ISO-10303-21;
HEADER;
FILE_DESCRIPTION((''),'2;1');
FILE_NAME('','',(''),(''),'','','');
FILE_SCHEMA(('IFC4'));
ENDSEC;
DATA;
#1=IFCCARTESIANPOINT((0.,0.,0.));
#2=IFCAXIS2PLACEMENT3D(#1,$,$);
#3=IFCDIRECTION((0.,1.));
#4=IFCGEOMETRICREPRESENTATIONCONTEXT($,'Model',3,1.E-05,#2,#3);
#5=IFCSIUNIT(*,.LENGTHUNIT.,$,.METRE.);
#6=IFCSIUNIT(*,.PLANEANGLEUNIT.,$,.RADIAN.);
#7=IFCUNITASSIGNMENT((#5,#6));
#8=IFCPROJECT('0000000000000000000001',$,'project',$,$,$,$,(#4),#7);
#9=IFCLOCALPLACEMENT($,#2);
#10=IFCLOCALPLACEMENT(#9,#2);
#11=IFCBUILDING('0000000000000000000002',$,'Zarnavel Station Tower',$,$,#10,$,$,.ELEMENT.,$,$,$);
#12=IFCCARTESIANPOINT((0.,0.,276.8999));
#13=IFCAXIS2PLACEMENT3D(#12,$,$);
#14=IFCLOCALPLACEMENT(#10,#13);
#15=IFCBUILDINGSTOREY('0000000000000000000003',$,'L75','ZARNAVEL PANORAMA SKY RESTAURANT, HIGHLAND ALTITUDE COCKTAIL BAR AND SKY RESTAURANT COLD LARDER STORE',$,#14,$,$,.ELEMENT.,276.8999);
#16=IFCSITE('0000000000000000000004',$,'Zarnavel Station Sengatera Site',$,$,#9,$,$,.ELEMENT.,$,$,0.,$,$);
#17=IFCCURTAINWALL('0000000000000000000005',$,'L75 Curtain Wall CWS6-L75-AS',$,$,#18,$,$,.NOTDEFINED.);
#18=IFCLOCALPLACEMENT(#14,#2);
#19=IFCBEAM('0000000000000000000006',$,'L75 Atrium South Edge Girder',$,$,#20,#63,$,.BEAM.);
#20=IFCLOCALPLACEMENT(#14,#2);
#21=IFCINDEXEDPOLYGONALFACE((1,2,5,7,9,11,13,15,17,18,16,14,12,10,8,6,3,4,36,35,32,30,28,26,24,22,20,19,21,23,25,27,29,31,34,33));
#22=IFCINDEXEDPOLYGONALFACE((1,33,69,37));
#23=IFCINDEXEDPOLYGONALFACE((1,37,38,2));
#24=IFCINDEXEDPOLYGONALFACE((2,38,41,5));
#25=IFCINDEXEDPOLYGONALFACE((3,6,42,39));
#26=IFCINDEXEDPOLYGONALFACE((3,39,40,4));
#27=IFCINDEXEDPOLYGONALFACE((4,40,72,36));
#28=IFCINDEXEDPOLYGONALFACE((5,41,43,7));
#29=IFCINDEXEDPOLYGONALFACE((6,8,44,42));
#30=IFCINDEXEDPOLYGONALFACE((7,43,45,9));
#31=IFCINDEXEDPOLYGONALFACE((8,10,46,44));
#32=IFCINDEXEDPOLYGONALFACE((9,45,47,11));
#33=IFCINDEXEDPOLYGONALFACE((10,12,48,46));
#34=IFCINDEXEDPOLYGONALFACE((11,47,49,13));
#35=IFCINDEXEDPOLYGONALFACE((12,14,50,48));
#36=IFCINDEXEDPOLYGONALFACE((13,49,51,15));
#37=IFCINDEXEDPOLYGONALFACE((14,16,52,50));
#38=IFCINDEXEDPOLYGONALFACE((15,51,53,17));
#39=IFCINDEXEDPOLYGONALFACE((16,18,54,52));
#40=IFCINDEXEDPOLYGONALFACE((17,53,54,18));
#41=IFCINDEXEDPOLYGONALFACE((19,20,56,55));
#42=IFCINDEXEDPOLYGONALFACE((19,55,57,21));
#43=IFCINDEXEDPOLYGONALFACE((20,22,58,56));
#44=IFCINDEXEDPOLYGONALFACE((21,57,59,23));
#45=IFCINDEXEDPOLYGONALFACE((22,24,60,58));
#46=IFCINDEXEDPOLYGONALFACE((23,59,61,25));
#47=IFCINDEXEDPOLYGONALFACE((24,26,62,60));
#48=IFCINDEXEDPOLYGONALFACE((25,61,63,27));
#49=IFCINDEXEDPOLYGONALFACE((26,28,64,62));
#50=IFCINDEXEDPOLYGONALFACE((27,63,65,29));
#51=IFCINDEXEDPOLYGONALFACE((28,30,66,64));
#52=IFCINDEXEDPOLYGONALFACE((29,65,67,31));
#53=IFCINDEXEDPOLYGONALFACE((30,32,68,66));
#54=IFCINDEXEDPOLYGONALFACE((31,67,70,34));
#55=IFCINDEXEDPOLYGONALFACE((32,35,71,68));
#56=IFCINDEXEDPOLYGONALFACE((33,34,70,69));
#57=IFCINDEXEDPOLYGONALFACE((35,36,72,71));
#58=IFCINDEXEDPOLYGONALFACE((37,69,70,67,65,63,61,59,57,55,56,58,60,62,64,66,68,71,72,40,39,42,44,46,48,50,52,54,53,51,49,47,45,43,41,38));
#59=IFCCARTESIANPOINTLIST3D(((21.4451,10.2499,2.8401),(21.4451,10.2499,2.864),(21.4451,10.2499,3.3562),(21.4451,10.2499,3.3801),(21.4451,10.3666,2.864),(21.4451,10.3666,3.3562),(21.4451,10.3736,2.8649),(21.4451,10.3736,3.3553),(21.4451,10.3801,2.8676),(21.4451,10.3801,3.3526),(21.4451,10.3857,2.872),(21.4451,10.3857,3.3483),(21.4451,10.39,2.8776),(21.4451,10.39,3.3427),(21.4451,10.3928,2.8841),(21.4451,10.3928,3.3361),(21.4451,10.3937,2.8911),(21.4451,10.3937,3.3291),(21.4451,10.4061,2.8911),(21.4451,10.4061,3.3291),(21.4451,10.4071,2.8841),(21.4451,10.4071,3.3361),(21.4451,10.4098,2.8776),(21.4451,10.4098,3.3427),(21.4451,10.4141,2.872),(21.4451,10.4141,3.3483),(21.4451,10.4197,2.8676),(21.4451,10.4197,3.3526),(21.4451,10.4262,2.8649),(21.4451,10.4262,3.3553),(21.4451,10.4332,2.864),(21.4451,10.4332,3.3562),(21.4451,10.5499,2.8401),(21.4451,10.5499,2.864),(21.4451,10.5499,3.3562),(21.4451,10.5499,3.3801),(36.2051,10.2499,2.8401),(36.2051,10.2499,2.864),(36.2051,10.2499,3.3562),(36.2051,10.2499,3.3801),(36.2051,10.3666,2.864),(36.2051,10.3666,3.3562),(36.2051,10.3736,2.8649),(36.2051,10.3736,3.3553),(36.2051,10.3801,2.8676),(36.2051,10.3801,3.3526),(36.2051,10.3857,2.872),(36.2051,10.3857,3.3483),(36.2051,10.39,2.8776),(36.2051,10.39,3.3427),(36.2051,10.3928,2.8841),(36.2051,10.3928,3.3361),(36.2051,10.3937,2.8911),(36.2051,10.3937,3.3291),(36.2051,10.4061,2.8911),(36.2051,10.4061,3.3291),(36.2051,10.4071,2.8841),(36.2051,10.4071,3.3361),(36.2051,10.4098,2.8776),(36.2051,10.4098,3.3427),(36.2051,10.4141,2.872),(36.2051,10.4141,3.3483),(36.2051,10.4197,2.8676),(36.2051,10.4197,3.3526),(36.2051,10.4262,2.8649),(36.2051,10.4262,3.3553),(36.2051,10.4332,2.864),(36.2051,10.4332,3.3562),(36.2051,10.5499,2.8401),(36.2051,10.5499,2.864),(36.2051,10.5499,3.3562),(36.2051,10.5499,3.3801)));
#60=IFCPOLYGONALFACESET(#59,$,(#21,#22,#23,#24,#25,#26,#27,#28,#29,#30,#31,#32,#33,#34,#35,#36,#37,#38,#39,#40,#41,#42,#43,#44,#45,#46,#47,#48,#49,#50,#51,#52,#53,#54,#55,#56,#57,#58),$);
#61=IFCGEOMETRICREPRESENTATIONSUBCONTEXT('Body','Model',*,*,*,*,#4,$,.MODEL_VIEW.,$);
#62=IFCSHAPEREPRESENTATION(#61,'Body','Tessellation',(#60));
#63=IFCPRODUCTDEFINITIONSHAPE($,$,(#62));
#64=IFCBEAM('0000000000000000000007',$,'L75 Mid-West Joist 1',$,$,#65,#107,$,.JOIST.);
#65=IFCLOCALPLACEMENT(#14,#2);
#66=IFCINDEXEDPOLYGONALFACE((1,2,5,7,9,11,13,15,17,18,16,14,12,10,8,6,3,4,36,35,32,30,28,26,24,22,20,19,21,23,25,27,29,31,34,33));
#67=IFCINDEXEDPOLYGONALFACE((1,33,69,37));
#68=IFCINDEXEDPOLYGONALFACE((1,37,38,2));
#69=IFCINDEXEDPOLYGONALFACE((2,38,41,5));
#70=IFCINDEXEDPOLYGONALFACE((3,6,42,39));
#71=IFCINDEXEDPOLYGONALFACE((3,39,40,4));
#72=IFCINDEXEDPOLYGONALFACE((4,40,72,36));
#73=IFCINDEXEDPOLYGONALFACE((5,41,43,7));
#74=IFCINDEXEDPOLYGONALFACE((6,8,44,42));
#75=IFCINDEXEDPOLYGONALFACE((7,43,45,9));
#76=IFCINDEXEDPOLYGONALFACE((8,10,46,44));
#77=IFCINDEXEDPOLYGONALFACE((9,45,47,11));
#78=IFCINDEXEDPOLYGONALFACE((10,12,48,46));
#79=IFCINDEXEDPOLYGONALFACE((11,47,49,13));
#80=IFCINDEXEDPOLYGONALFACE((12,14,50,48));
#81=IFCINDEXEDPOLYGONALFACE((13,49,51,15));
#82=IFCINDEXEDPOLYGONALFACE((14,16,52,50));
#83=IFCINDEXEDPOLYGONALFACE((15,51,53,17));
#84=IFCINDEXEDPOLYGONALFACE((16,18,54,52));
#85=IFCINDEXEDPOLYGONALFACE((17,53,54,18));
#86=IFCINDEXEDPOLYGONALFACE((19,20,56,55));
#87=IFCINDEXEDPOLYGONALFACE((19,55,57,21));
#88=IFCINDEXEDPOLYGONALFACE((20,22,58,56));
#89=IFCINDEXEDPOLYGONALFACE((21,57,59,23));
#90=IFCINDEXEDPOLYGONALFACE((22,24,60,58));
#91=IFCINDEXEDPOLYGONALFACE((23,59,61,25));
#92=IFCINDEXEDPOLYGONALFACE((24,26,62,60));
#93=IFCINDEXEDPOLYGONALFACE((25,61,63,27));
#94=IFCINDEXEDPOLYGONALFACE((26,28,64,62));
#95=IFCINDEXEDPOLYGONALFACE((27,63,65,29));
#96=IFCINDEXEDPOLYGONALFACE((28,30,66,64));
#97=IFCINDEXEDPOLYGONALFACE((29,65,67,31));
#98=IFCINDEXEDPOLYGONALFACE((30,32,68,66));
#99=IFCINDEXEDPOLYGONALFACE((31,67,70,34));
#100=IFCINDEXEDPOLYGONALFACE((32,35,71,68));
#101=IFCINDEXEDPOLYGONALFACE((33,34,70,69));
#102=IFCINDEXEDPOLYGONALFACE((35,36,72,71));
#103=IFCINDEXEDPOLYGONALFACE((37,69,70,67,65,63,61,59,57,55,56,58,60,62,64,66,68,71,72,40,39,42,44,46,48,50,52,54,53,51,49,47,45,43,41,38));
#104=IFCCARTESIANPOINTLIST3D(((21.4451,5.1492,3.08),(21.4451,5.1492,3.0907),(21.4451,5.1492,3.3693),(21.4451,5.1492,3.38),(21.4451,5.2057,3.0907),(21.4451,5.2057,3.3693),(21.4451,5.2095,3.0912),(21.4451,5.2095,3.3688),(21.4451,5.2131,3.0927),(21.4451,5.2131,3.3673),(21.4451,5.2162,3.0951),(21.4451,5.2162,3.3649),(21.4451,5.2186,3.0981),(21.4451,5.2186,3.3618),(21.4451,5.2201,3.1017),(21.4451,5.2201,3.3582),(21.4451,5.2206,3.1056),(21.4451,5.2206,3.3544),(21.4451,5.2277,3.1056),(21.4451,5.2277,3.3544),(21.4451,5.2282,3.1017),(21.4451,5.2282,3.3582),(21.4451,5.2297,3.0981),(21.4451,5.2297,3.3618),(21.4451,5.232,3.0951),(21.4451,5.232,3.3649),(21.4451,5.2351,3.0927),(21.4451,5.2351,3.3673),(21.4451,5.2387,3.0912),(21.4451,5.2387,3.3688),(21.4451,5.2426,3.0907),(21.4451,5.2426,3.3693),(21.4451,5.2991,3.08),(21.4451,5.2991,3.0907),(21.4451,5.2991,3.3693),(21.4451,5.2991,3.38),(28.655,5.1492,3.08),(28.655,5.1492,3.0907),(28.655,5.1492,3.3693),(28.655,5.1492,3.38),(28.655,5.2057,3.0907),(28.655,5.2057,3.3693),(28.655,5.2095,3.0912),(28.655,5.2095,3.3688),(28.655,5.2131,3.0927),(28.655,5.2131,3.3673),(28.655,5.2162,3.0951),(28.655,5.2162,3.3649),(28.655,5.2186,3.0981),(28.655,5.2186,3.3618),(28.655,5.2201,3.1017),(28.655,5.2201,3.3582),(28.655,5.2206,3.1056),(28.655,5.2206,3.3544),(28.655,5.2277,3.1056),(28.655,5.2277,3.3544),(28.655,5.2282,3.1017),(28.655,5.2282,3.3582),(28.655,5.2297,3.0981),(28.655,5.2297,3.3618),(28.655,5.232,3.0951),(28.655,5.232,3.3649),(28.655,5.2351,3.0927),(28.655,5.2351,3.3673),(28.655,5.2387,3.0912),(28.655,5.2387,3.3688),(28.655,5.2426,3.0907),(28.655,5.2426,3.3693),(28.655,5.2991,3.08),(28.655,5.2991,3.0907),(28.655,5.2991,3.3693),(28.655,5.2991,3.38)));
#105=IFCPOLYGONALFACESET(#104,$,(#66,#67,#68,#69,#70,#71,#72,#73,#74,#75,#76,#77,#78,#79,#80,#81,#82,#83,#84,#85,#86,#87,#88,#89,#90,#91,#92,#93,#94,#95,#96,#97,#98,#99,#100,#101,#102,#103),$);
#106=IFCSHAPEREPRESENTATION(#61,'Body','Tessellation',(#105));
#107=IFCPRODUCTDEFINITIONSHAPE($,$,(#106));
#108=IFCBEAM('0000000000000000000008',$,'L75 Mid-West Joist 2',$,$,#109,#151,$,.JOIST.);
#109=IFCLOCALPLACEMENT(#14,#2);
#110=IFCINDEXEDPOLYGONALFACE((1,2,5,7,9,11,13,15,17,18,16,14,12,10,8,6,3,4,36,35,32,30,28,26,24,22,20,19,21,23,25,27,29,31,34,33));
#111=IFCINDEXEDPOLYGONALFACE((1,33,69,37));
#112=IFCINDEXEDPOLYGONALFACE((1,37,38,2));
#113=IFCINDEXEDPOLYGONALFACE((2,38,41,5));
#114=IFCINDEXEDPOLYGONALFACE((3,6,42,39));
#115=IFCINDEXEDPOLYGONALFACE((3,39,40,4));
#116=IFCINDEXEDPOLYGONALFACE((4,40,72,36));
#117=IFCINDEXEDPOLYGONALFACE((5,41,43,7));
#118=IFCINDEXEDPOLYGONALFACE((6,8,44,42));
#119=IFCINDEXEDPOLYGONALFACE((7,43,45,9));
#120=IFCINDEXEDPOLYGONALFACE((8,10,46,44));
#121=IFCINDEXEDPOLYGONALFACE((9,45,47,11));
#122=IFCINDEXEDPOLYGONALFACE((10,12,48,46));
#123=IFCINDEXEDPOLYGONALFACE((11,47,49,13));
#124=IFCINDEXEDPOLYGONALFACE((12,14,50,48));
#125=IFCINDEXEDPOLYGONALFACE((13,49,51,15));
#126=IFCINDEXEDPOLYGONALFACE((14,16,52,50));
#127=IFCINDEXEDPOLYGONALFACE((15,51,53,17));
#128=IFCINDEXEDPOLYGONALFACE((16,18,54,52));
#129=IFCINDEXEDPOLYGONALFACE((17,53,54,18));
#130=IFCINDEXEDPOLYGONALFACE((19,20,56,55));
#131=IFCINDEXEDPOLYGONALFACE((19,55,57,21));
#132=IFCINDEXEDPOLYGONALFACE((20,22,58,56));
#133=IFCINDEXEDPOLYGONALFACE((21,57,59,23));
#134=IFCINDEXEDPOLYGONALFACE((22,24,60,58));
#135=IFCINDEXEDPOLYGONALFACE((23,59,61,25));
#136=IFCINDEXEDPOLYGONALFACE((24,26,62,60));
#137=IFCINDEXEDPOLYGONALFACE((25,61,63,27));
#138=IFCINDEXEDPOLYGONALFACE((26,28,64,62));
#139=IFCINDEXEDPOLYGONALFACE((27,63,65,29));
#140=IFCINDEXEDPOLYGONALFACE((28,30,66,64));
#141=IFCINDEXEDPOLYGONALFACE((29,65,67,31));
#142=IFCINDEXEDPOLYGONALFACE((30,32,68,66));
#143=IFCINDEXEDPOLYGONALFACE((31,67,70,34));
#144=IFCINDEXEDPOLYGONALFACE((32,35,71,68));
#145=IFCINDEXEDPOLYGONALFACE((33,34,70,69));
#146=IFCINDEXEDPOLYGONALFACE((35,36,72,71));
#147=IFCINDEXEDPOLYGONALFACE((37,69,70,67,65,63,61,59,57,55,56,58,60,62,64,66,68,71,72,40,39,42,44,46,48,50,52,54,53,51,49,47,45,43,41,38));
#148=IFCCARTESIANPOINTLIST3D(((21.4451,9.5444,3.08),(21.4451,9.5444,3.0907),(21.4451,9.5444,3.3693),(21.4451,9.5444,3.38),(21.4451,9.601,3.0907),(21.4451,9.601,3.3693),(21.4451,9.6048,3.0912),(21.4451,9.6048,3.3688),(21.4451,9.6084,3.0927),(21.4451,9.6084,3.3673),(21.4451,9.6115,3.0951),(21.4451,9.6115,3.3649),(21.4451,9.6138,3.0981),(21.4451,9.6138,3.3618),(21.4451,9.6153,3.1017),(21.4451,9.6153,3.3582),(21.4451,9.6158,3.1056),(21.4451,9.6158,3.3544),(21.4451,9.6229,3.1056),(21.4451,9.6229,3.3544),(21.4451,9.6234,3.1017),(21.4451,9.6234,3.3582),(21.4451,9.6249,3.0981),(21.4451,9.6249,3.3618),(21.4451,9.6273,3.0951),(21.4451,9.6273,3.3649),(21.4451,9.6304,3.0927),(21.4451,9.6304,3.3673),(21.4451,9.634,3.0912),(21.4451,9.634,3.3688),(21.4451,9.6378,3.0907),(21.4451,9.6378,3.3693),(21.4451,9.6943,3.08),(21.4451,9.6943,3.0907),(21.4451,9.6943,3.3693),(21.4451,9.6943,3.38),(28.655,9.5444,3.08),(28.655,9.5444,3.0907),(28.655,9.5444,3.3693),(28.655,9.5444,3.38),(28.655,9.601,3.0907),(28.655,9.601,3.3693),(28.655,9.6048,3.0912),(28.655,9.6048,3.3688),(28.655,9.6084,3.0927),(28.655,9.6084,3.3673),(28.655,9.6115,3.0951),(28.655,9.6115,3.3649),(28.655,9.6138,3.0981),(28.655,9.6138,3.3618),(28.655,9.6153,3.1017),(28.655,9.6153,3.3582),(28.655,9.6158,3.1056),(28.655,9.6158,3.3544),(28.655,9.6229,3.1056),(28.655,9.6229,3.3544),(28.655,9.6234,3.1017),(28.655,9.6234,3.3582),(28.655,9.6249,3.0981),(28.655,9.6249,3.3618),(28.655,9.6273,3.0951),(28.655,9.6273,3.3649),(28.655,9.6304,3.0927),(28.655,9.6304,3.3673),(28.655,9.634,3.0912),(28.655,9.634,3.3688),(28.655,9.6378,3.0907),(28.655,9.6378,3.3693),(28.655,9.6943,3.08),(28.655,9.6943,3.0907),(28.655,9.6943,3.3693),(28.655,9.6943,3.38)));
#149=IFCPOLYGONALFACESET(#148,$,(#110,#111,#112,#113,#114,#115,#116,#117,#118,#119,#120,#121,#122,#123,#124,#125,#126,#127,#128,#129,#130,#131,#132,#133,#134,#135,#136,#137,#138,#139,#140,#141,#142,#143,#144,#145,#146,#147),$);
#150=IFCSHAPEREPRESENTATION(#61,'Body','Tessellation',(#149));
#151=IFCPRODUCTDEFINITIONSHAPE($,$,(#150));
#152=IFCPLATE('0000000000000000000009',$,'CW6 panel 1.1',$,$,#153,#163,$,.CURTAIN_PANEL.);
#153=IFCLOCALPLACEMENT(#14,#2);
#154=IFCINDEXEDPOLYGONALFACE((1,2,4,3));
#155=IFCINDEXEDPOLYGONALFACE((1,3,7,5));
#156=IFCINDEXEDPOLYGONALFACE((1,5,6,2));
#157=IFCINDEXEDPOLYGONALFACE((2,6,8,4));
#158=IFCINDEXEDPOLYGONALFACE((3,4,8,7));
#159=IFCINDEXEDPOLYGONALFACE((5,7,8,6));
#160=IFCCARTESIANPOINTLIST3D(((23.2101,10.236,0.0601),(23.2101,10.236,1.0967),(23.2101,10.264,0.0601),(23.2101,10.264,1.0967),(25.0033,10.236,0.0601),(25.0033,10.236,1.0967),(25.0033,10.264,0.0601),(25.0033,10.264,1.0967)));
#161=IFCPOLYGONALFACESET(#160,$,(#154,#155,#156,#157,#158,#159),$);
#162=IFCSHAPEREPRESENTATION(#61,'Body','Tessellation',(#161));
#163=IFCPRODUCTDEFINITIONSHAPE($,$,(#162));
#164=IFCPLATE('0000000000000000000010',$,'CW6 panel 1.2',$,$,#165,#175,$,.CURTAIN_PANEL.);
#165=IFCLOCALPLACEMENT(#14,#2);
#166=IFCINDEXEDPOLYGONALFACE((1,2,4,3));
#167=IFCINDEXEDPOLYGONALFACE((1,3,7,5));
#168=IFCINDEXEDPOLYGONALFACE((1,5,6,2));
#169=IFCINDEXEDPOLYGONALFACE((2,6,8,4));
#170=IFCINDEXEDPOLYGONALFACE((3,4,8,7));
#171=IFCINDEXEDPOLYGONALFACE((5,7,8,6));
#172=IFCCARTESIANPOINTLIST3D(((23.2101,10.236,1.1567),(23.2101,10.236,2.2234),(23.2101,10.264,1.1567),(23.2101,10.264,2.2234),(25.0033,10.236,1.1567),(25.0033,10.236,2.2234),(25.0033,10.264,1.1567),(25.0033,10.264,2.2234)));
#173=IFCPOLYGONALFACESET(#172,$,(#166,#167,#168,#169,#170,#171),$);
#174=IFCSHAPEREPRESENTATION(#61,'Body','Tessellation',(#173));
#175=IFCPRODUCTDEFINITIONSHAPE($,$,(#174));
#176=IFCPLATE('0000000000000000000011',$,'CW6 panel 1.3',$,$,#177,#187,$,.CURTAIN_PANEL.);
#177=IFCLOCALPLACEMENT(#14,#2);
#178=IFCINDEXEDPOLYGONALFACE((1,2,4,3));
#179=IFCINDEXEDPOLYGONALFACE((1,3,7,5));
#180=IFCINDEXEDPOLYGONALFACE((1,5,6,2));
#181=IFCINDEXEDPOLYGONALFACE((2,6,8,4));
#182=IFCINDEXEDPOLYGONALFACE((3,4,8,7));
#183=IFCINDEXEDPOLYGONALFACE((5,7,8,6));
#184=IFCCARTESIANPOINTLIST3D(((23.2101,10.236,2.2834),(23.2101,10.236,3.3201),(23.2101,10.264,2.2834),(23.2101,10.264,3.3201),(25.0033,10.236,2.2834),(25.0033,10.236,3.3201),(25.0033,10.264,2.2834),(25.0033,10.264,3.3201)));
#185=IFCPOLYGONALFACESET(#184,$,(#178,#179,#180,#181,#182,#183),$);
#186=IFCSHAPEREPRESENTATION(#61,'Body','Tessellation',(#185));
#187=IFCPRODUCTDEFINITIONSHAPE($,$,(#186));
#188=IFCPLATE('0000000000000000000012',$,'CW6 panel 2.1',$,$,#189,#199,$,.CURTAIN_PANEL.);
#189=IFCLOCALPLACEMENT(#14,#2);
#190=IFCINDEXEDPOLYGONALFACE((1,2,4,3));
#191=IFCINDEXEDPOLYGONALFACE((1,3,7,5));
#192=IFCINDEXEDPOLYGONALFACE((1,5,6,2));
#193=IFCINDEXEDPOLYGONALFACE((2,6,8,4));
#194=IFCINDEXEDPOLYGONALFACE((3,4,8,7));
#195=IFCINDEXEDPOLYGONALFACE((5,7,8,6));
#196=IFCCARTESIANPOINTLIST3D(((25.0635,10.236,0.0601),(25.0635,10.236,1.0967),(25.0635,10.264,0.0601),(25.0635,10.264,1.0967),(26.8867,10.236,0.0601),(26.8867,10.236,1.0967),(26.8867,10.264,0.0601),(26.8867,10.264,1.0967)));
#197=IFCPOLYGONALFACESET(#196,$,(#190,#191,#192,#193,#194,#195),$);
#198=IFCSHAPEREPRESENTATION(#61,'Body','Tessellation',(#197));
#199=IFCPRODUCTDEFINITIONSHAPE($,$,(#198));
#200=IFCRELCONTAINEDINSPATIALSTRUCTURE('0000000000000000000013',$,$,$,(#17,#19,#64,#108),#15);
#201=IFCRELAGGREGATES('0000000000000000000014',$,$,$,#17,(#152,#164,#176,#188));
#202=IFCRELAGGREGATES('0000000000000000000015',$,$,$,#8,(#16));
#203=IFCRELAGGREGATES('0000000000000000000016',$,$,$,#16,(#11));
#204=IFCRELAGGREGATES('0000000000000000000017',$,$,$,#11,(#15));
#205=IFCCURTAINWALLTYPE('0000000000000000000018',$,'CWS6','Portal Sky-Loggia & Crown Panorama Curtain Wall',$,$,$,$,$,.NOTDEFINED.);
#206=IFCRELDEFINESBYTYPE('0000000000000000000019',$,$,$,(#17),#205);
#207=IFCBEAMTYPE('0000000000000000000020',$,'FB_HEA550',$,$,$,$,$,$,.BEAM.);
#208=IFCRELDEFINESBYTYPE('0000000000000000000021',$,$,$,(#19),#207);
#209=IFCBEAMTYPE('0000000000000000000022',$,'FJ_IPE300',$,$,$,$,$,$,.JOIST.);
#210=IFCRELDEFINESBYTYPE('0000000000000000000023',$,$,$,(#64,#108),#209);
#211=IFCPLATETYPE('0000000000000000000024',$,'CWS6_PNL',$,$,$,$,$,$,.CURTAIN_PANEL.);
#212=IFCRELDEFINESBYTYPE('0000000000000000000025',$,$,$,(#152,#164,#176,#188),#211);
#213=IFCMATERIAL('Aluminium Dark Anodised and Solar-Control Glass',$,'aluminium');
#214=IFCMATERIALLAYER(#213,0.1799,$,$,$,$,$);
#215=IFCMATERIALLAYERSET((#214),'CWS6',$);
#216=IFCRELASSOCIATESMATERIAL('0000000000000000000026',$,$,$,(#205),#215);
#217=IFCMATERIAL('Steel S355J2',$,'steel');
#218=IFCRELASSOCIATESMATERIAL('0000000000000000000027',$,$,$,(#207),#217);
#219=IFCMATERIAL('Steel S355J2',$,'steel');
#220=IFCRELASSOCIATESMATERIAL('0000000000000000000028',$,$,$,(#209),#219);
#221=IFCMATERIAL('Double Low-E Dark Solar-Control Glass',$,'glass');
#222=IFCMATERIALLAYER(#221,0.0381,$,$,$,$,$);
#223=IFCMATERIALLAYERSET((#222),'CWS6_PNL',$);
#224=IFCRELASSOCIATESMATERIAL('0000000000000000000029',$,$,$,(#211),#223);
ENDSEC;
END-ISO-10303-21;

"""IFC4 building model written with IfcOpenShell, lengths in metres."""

from ifc_helpers import new_model, si_unit, direction, frame, origin, origin_2d, place, context, subcontext, project, spatial, rectangle, i_section, extrude, material, layer, layer_set, material_profile, profile_set, type_object, element, aggregate, save


model = new_model("IFC4")

# Units and contexts
model_context = context("Model", 3, precision=1e-05, world=origin(), true_north=direction((0.0, 1.0)))
body_context = subcontext(model_context, "Body", "Model", "MODEL_VIEW")
ifc_project = project(units=[si_unit("LENGTHUNIT", "METRE"), si_unit("PLANEANGLEUNIT", "RADIAN")], contexts=[model_context])

# Site, building, storey
site_placement = place(None, origin())
site = spatial("IfcSite", under=ifc_project, at=site_placement, Name="Zarnavel Station Sengatera Site", CompositionType="ELEMENT", RefElevation=0.0)
building_placement = place(site_placement, origin())
building = spatial("IfcBuilding", under=site, at=building_placement, Name="Zarnavel Station Tower", CompositionType="ELEMENT")
storey_placement = place(building_placement, frame((0.0, 0.0, 276.8999)))
storey = spatial("IfcBuildingStorey", under=building, at=storey_placement, Name="L75", Description="ZARNAVEL PANORAMA SKY RESTAURANT, HIGHLAND ALTITUDE COCKTAIL BAR AND SKY RESTAURANT COLD LARDER STORE", CompositionType="ELEMENT", Elevation=276.8999)

# Curtain wall
ifc_material_1 = material(Name="Aluminium Dark Anodised and Solar-Control Glass", Category="aluminium")
ifc_layer_1 = layer(ifc_material_1, 0.1799)
ifc_layer_set_1 = layer_set([ifc_layer_1], Name="CWS6")
curtain_wall_type = type_object("IfcCurtainWallType", Name="CWS6", Description="Portal Sky-Loggia & Crown Panorama Curtain Wall", PredefinedType="NOTDEFINED", material=ifc_layer_set_1)
curtain_wall_placement = place(storey_placement, origin())
curtain_wall = element("IfcCurtainWall", 1, at=curtain_wall_placement, inside=storey, type_object=curtain_wall_type, Name="L75 Curtain Wall CWS6-L75-AS", PredefinedType="NOTDEFINED")

# Beams
ifc_material_2 = material(Name="Steel S355J2", Category="steel")
ifc_material_profile_1 = material_profile(ifc_material_2, i_section(OverallWidth=0.3, OverallDepth=0.54, WebThickness=0.0125, FlangeThickness=0.0239, FilletRadius=0.0271, at=origin_2d()), Name="HEA550")
ifc_profile_set_1 = profile_set([ifc_material_profile_1], Name="Steel S355J2")
beam_type_1 = type_object("IfcBeamType", Name="FB_HEA550", PredefinedType="BEAM", material=ifc_profile_set_1)
beam_1_placement = place(storey_placement, frame((21.4451, 10.3999, 3.1101), z_axis=(1.0, 0.0, 0.0), x_axis=(0.0, 1.0, 0.0)))
element("IfcBeam", 2, at=beam_1_placement, inside=storey, type_object=beam_type_1, Name="L75 Atrium South Edge Girder", PredefinedType="BEAM", context=body_context, shape_type="SweptSolid", body=[
    extrude(i_section(OverallWidth=0.3, OverallDepth=0.54, WebThickness=0.0125, FlangeThickness=0.0239, FilletRadius=0.0271, at=origin_2d()), origin(), (0.0, 0.0, 1.0), 14.76),
])
ifc_material_3 = material(Name="Steel S355J2", Category="steel")
ifc_material_profile_2 = material_profile(ifc_material_3, i_section(OverallWidth=0.1499, OverallDepth=0.3, WebThickness=0.0071, FlangeThickness=0.0107, FilletRadius=0.0149, at=origin_2d()), Name="IPE300")
ifc_profile_set_2 = profile_set([ifc_material_profile_2], Name="Steel S355J2")
beam_type_2 = type_object("IfcBeamType", Name="FJ_IPE300", PredefinedType="JOIST", material=ifc_profile_set_2)
for number, where, z_axis, x_axis, name in (
    (3, (21.4451, 5.2241, 3.23), (1.0, 0.0, 0.0), (0.0, 1.0, 0.0), "L75 Mid-West Joist 1"),
    (4, (21.4451, 9.6194, 3.23), (1.0, 0.0, 0.0), (0.0, 1.0, 0.0), "L75 Mid-West Joist 2"),
):
    element("IfcBeam", number, at=place(storey_placement, frame(where, z_axis=z_axis, x_axis=x_axis)), inside=storey, type_object=beam_type_2, Name=name, PredefinedType="JOIST", context=body_context, shape_type="SweptSolid", body=[
        extrude(i_section(OverallWidth=0.1499, OverallDepth=0.3, WebThickness=0.0071, FlangeThickness=0.0107, FilletRadius=0.0149, at=origin_2d()), origin(), (0.0, 0.0, 1.0), 7.21),
    ])

# Plates
ifc_material_4 = material(Name="Double Low-E Dark Solar-Control Glass", Category="glass")
ifc_layer_2 = layer(ifc_material_4, 0.0381)
ifc_layer_set_2 = layer_set([ifc_layer_2], Name="CWS6_PNL")
plate_type_1 = type_object("IfcPlateType", Name="CWS6_PNL", PredefinedType="CURTAIN_PANEL", material=ifc_layer_set_2)
plate_1_placement = place(storey_placement, frame((24.1067, 10.25, 0.0601), z_axis=(0.0, 0.0, 1.0), x_axis=(1.0, 0.0, 0.0)))
plate_1 = element("IfcPlate", 5, at=plate_1_placement, type_object=plate_type_1, Name="CW6 panel 1.1", PredefinedType="CURTAIN_PANEL", context=body_context, shape_type="SweptSolid", body=[
    extrude(rectangle(XDim=1.7932, YDim=0.0281, at=origin_2d()), origin(), (0.0, 0.0, 1.0), 1.0366),
])
plate_2_placement = place(storey_placement, frame((24.1067, 10.25, 1.1567), z_axis=(0.0, 0.0, 1.0), x_axis=(1.0, 0.0, 0.0)))
plate_2 = element("IfcPlate", 6, at=plate_2_placement, type_object=plate_type_1, Name="CW6 panel 1.2", PredefinedType="CURTAIN_PANEL", context=body_context, shape_type="SweptSolid", body=[
    extrude(rectangle(XDim=1.7932, YDim=0.0281, at=origin_2d()), origin(), (0.0, 0.0, 1.0), 1.0667),
])
plate_3_placement = place(storey_placement, frame((24.1067, 10.25, 2.2834), z_axis=(0.0, 0.0, 1.0), x_axis=(1.0, 0.0, 0.0)))
plate_3 = element("IfcPlate", 7, at=plate_3_placement, type_object=plate_type_1, Name="CW6 panel 1.3", PredefinedType="CURTAIN_PANEL", context=body_context, shape_type="SweptSolid", body=[
    extrude(rectangle(XDim=1.7932, YDim=0.0281, at=origin_2d()), origin(), (0.0, 0.0, 1.0), 1.0366),
])
plate_4_placement = place(storey_placement, frame((25.9751, 10.25, 0.0601), z_axis=(0.0, 0.0, 1.0), x_axis=(1.0, 0.0, 0.0)))
plate_4 = element("IfcPlate", 8, at=plate_4_placement, type_object=plate_type_1, Name="CW6 panel 2.1", PredefinedType="CURTAIN_PANEL", context=body_context, shape_type="SweptSolid", body=[
    extrude(rectangle(XDim=1.8232, YDim=0.0281, at=origin_2d()), origin(), (0.0, 0.0, 1.0), 1.0366),
])
aggregate(curtain_wall, [plate_1, plate_2, plate_3, plate_4])

save(model, "model.ifc")
